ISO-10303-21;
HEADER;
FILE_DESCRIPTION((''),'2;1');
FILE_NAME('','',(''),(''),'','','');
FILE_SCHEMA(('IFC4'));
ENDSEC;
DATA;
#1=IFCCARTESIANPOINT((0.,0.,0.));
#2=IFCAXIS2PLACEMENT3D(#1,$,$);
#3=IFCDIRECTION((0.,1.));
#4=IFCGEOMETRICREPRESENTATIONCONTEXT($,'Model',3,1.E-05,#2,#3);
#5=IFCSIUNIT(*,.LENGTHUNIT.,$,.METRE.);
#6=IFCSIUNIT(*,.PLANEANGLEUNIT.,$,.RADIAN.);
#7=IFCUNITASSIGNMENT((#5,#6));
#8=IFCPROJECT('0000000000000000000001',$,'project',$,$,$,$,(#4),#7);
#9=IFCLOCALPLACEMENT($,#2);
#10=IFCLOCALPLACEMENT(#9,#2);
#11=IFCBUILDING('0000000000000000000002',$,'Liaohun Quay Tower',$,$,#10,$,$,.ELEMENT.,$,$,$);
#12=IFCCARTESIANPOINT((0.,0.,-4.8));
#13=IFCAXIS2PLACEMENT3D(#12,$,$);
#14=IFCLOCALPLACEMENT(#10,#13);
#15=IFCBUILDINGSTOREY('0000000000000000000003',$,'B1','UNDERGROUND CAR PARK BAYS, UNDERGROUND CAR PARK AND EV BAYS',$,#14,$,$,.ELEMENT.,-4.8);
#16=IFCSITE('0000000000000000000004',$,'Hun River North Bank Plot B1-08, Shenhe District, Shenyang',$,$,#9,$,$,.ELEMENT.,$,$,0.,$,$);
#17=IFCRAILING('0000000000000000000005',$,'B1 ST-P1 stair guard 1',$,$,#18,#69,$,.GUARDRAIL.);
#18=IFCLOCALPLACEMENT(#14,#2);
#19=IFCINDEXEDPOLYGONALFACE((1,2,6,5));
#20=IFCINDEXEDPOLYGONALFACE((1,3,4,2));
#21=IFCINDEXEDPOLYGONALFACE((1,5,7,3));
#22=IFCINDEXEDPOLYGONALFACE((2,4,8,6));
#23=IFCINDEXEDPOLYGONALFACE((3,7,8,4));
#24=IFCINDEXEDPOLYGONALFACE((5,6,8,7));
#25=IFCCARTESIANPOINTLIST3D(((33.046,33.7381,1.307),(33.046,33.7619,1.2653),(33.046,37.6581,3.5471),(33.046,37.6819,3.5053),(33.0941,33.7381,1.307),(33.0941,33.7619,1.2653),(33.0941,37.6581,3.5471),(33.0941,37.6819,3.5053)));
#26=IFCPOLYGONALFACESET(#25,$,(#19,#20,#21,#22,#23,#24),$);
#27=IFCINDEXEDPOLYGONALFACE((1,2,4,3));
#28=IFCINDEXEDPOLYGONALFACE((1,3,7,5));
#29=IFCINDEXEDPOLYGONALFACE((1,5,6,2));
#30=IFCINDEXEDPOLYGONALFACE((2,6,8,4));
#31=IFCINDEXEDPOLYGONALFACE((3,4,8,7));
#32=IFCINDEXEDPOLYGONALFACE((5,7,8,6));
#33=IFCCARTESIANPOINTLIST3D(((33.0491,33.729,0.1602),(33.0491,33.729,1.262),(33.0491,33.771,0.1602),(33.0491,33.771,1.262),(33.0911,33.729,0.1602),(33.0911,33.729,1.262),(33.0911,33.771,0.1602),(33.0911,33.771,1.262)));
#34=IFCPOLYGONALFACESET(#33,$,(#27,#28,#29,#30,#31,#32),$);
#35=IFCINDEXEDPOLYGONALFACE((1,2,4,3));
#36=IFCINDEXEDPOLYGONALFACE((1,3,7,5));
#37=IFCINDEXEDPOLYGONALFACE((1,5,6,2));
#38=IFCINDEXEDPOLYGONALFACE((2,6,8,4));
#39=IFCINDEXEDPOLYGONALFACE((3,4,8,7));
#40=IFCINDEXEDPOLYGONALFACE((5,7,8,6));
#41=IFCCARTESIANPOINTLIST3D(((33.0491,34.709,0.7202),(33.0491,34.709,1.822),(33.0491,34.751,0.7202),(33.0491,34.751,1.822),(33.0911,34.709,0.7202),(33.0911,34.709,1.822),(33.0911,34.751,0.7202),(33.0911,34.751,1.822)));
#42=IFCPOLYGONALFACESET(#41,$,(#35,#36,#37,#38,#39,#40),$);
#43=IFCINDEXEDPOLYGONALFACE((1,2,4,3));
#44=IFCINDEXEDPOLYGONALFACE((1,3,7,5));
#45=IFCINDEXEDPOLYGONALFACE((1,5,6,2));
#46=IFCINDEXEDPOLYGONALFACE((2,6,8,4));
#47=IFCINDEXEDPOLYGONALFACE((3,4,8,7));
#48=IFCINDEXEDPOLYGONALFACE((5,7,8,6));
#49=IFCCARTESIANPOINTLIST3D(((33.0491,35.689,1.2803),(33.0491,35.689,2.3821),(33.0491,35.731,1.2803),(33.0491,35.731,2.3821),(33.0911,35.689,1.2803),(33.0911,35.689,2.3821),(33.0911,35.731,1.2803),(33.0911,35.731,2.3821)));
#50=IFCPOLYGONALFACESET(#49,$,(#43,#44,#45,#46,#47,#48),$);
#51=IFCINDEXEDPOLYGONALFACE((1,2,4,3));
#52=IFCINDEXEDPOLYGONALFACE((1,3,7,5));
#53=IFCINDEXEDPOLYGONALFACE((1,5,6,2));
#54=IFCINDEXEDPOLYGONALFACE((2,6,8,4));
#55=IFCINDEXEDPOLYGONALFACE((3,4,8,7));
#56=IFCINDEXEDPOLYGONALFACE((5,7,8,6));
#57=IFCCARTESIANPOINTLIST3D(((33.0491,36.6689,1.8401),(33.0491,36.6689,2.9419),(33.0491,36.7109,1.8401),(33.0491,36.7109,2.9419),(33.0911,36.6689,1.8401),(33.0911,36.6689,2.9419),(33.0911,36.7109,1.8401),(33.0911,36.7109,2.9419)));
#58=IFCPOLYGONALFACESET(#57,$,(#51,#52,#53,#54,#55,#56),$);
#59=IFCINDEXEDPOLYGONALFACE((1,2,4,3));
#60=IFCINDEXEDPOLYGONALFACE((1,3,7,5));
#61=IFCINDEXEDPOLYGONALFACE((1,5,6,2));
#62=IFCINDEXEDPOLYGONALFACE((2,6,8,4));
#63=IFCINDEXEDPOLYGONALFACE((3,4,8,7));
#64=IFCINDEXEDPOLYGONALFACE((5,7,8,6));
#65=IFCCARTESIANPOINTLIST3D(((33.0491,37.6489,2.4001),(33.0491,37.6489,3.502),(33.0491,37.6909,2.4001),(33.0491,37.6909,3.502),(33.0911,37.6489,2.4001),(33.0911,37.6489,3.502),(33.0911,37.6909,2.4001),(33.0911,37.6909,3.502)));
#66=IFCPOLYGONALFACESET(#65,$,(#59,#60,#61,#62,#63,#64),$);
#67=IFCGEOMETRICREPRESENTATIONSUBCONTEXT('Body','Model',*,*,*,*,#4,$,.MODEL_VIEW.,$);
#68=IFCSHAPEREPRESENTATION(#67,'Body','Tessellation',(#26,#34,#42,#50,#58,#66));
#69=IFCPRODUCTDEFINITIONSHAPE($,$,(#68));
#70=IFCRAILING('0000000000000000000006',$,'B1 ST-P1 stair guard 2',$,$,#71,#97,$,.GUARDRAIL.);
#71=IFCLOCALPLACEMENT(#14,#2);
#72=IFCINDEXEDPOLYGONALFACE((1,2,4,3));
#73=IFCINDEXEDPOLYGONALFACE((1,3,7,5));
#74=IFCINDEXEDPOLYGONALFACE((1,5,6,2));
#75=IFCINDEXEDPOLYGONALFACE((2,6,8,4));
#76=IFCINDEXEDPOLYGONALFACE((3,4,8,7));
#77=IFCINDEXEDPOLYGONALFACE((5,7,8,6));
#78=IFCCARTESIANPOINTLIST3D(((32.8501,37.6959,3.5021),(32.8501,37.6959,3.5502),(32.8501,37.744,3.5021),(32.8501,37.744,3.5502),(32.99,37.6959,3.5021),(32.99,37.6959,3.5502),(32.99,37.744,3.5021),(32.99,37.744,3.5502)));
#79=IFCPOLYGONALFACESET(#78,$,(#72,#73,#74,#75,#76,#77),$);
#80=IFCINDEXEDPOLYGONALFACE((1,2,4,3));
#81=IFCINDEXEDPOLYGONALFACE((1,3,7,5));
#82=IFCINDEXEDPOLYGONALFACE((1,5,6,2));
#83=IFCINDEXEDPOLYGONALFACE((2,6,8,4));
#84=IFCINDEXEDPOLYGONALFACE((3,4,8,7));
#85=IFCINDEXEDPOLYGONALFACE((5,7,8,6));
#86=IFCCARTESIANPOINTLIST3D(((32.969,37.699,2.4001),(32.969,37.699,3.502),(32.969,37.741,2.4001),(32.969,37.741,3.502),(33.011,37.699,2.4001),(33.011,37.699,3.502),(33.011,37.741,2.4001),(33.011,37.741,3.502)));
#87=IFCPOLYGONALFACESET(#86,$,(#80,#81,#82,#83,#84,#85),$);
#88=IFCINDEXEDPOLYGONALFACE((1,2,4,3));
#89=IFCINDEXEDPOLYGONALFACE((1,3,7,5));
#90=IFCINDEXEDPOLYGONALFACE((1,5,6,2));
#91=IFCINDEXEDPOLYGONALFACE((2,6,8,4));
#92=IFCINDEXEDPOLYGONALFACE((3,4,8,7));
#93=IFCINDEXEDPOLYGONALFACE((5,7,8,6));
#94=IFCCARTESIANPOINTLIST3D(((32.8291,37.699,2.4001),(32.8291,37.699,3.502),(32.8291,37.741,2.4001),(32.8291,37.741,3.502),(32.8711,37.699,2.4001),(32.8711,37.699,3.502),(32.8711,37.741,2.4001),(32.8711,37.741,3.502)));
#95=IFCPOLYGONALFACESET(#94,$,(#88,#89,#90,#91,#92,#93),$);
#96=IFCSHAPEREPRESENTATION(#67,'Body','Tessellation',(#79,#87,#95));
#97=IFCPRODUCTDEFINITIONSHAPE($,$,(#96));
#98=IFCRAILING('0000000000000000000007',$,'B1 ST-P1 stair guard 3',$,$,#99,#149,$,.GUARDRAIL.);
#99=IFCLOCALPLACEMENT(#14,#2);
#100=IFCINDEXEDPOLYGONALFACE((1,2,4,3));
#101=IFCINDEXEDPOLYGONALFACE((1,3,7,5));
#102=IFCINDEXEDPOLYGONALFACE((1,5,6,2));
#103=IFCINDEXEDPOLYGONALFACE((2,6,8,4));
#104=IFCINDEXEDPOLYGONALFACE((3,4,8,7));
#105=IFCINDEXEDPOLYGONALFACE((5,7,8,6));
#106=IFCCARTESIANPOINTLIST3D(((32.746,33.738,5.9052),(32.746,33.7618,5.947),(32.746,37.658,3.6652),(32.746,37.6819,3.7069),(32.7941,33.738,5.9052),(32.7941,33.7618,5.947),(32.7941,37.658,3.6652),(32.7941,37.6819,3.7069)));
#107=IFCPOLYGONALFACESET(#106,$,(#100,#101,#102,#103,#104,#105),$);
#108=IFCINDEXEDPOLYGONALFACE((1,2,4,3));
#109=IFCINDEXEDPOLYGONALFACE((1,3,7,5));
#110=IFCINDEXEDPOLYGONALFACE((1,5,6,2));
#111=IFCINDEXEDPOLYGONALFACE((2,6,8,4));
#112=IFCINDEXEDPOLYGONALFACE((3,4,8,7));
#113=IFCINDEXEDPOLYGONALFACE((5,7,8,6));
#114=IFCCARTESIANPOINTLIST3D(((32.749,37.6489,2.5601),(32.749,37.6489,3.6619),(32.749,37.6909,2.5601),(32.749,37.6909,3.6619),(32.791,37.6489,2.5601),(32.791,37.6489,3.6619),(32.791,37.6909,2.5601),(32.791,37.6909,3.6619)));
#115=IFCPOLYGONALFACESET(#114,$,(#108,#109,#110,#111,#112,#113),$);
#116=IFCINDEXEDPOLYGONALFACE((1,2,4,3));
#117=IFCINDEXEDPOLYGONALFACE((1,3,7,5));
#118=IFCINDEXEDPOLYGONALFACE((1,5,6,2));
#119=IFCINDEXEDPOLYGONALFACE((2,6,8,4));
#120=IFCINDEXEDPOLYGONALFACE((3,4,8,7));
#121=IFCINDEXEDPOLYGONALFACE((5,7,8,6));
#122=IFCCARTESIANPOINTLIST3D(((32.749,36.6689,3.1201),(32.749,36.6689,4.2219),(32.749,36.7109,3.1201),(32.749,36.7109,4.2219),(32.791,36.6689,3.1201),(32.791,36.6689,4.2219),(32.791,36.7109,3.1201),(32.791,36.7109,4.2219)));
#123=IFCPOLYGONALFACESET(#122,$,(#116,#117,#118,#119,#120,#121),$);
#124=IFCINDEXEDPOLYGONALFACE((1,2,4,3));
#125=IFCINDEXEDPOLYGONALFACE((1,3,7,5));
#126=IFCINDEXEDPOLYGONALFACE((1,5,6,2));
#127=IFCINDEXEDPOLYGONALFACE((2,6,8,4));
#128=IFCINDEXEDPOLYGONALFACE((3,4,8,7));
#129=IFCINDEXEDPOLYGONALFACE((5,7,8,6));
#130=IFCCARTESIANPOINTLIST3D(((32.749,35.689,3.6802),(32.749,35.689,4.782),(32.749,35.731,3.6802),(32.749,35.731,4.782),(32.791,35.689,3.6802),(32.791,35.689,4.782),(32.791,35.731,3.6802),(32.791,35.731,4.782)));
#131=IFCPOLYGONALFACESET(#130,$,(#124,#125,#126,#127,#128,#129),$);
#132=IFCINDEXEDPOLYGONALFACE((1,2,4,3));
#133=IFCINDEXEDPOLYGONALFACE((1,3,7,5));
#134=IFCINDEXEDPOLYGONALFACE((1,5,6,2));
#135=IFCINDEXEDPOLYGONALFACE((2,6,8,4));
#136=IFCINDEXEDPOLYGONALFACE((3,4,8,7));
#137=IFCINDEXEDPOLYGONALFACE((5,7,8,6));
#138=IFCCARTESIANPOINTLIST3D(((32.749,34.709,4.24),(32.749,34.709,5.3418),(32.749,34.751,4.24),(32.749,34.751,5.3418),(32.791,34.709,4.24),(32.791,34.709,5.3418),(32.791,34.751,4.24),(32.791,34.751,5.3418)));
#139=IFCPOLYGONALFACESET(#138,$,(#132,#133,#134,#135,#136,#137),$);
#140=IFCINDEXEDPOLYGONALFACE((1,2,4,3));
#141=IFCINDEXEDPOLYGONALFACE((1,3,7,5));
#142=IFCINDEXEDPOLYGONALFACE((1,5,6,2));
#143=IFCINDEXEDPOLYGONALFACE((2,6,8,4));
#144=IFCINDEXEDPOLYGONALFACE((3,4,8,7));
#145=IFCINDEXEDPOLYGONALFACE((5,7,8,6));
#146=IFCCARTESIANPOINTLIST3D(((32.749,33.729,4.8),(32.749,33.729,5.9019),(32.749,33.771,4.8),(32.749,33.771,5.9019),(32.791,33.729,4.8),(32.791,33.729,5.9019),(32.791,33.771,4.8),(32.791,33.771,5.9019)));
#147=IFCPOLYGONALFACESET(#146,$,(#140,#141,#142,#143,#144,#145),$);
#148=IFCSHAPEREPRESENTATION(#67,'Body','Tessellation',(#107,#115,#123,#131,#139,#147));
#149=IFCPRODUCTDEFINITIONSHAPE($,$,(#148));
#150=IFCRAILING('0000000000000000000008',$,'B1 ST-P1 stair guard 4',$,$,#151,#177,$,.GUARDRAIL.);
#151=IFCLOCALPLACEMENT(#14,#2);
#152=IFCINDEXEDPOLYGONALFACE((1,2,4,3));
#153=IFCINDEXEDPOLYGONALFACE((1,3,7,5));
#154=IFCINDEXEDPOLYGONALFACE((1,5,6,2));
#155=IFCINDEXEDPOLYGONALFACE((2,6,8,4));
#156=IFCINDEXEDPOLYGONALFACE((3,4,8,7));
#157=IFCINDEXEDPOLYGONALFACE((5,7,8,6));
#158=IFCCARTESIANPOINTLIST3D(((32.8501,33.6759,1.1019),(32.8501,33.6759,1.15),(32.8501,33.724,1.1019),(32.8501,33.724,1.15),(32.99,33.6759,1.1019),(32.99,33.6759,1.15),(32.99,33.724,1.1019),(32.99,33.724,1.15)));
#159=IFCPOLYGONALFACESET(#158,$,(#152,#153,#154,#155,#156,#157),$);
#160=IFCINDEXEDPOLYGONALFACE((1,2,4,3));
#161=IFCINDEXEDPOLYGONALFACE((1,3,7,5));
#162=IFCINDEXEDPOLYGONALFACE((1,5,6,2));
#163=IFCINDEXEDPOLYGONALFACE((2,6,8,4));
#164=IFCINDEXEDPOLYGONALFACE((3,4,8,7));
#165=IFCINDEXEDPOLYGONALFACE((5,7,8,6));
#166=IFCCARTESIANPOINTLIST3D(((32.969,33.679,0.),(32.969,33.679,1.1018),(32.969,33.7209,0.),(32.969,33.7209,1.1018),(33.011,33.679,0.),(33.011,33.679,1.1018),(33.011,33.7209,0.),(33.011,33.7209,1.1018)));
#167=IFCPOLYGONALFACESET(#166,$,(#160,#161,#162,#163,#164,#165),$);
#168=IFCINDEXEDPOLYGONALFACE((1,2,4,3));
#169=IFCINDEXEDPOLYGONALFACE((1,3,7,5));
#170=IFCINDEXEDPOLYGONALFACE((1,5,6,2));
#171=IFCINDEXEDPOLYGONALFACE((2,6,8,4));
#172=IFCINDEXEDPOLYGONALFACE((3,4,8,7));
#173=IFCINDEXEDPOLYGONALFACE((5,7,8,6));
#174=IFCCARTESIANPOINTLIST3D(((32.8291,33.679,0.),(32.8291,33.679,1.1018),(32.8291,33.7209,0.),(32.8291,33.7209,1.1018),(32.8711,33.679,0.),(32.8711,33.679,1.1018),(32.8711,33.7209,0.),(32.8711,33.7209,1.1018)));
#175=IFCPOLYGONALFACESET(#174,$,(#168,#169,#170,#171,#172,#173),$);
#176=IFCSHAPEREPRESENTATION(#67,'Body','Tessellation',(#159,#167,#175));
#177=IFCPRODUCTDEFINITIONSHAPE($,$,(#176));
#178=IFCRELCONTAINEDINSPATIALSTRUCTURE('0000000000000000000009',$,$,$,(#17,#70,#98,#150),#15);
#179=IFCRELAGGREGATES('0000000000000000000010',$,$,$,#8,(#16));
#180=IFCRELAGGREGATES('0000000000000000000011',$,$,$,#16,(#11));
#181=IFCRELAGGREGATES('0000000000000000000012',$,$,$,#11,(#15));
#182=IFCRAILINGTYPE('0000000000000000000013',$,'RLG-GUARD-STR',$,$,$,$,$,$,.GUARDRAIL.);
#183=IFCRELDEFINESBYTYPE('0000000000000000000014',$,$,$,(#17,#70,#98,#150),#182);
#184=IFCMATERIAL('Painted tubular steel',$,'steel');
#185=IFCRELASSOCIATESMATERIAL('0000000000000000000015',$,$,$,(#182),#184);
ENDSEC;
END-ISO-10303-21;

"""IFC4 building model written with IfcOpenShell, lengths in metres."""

from ifc_helpers import new_model, si_unit, direction, frame, origin, origin_2d, place, context, subcontext, project, spatial, rectangle, extrude, material, type_object, element, save


model = new_model("IFC4")

# Units and contexts
model_context = context("Model", 3, precision=1e-05, world=origin(), true_north=direction((0.0, 1.0)))
body_context = subcontext(model_context, "Body", "Model", "MODEL_VIEW")
ifc_project = project(units=[si_unit("LENGTHUNIT", "METRE"), si_unit("PLANEANGLEUNIT", "RADIAN")], contexts=[model_context])

# Site, building, storey
site_placement = place(None, origin())
site = spatial("IfcSite", under=ifc_project, at=site_placement, Name="Hun River North Bank Plot B1-08, Shenhe District, Shenyang", CompositionType="ELEMENT", RefElevation=0.0)
building_placement = place(site_placement, origin())
building = spatial("IfcBuilding", under=site, at=building_placement, Name="Liaohun Quay Tower", CompositionType="ELEMENT")
storey_placement = place(building_placement, frame((0.0, 0.0, -4.8)))
storey = spatial("IfcBuildingStorey", under=building, at=storey_placement, Name="B1", Description="UNDERGROUND CAR PARK BAYS, UNDERGROUND CAR PARK AND EV BAYS", CompositionType="ELEMENT", Elevation=-4.8)

# Railings
ifc_material_1 = material(Name="Painted tubular steel", Category="steel")
railing_type_1 = type_object("IfcRailingType", Name="RLG-GUARD-STR", PredefinedType="GUARDRAIL", material=ifc_material_1)
railing_1_placement = place(storey_placement, frame((33.0701, 33.75, 0.1602)))
element("IfcRailing", 1, at=railing_1_placement, inside=storey, type_object=railing_type_1, Name="B1 ST-P1 stair guard 1", PredefinedType="GUARDRAIL", context=body_context, shape_type="SweptSolid", body=[
    extrude(rectangle(XDim=0.0481, YDim=0.0481, at=origin_2d()), frame((0.0, 0.0, 1.126), z_axis=(0.0, 0.86824, 0.496145), x_axis=(-1.0, 0.0, 0.0)), (0.0, 0.0, 1.0), 4.5149),
    extrude(rectangle(XDim=0.042, YDim=0.042, at=origin_2d()), origin(), (0.0, 0.0, 1.0), 1.1018),
    extrude(rectangle(XDim=0.042, YDim=0.042, at=origin_2d()), frame((0.0, 0.98, 0.5601)), (0.0, 0.0, 1.0), 1.1018),
    extrude(rectangle(XDim=0.042, YDim=0.042, at=origin_2d()), frame((0.0, 1.96, 1.1201)), (0.0, 0.0, 1.0), 1.1018),
    extrude(rectangle(XDim=0.042, YDim=0.042, at=origin_2d()), frame((0.0, 2.9399, 1.6799)), (0.0, 0.0, 1.0), 1.1018),
    extrude(rectangle(XDim=0.042, YDim=0.042, at=origin_2d()), frame((0.0, 3.9199, 2.24)), (0.0, 0.0, 1.0), 1.1018),
])
railing_2_placement = place(storey_placement, frame((32.99, 37.72, 2.4001)))
element("IfcRailing", 2, at=railing_2_placement, inside=storey, type_object=railing_type_1, Name="B1 ST-P1 stair guard 2", PredefinedType="GUARDRAIL", context=body_context, shape_type="SweptSolid", body=[
    extrude(rectangle(XDim=0.0481, YDim=0.0481, at=origin_2d()), frame((0.0, 0.0, 1.126), z_axis=(-1.0, 0.0, 0.0), x_axis=(0.0, -1.0, 0.0)), (0.0, 0.0, 1.0), 0.1399),
    extrude(rectangle(XDim=0.042, YDim=0.042, at=origin_2d()), origin(), (0.0, 0.0, 1.0), 1.1018),
    extrude(rectangle(XDim=0.042, YDim=0.042, at=origin_2d()), frame((-0.1399, 0.0, 0.0)), (0.0, 0.0, 1.0), 1.1018),
])
railing_3_placement = place(storey_placement, frame((32.77, 37.6699, 2.5601)))
element("IfcRailing", 3, at=railing_3_placement, inside=storey, type_object=railing_type_1, Name="B1 ST-P1 stair guard 3", PredefinedType="GUARDRAIL", context=body_context, shape_type="SweptSolid", body=[
    extrude(rectangle(XDim=0.0481, YDim=0.0481, at=origin_2d()), frame((0.0, 0.0, 1.126), z_axis=(0.0, -0.86824, 0.496145), x_axis=(1.0, 0.0, 0.0)), (0.0, 0.0, 1.0), 4.5149),
    extrude(rectangle(XDim=0.042, YDim=0.042, at=origin_2d()), origin(), (0.0, 0.0, 1.0), 1.1018),
    extrude(rectangle(XDim=0.042, YDim=0.042, at=origin_2d()), frame((0.0, -0.98, 0.5601)), (0.0, 0.0, 1.0), 1.1018),
    extrude(rectangle(XDim=0.042, YDim=0.042, at=origin_2d()), frame((0.0, -1.96, 1.1201)), (0.0, 0.0, 1.0), 1.1018),
    extrude(rectangle(XDim=0.042, YDim=0.042, at=origin_2d()), frame((0.0, -2.9399, 1.6799)), (0.0, 0.0, 1.0), 1.1018),
    extrude(rectangle(XDim=0.042, YDim=0.042, at=origin_2d()), frame((0.0, -3.9199, 2.24)), (0.0, 0.0, 1.0), 1.1018),
])
railing_4_placement = place(storey_placement, frame((32.99, 33.7, 0.0)))
element("IfcRailing", 4, at=railing_4_placement, inside=storey, type_object=railing_type_1, Name="B1 ST-P1 stair guard 4", PredefinedType="GUARDRAIL", context=body_context, shape_type="SweptSolid", body=[
    extrude(rectangle(XDim=0.0481, YDim=0.0481, at=origin_2d()), frame((0.0, 0.0, 1.126), z_axis=(-1.0, 0.0, 0.0), x_axis=(0.0, -1.0, 0.0)), (0.0, 0.0, 1.0), 0.1399),
    extrude(rectangle(XDim=0.042, YDim=0.042, at=origin_2d()), origin(), (0.0, 0.0, 1.0), 1.1018),
    extrude(rectangle(XDim=0.042, YDim=0.042, at=origin_2d()), frame((-0.1399, 0.0, 0.0)), (0.0, 0.0, 1.0), 1.1018),
])

save(model, "model.ifc")
